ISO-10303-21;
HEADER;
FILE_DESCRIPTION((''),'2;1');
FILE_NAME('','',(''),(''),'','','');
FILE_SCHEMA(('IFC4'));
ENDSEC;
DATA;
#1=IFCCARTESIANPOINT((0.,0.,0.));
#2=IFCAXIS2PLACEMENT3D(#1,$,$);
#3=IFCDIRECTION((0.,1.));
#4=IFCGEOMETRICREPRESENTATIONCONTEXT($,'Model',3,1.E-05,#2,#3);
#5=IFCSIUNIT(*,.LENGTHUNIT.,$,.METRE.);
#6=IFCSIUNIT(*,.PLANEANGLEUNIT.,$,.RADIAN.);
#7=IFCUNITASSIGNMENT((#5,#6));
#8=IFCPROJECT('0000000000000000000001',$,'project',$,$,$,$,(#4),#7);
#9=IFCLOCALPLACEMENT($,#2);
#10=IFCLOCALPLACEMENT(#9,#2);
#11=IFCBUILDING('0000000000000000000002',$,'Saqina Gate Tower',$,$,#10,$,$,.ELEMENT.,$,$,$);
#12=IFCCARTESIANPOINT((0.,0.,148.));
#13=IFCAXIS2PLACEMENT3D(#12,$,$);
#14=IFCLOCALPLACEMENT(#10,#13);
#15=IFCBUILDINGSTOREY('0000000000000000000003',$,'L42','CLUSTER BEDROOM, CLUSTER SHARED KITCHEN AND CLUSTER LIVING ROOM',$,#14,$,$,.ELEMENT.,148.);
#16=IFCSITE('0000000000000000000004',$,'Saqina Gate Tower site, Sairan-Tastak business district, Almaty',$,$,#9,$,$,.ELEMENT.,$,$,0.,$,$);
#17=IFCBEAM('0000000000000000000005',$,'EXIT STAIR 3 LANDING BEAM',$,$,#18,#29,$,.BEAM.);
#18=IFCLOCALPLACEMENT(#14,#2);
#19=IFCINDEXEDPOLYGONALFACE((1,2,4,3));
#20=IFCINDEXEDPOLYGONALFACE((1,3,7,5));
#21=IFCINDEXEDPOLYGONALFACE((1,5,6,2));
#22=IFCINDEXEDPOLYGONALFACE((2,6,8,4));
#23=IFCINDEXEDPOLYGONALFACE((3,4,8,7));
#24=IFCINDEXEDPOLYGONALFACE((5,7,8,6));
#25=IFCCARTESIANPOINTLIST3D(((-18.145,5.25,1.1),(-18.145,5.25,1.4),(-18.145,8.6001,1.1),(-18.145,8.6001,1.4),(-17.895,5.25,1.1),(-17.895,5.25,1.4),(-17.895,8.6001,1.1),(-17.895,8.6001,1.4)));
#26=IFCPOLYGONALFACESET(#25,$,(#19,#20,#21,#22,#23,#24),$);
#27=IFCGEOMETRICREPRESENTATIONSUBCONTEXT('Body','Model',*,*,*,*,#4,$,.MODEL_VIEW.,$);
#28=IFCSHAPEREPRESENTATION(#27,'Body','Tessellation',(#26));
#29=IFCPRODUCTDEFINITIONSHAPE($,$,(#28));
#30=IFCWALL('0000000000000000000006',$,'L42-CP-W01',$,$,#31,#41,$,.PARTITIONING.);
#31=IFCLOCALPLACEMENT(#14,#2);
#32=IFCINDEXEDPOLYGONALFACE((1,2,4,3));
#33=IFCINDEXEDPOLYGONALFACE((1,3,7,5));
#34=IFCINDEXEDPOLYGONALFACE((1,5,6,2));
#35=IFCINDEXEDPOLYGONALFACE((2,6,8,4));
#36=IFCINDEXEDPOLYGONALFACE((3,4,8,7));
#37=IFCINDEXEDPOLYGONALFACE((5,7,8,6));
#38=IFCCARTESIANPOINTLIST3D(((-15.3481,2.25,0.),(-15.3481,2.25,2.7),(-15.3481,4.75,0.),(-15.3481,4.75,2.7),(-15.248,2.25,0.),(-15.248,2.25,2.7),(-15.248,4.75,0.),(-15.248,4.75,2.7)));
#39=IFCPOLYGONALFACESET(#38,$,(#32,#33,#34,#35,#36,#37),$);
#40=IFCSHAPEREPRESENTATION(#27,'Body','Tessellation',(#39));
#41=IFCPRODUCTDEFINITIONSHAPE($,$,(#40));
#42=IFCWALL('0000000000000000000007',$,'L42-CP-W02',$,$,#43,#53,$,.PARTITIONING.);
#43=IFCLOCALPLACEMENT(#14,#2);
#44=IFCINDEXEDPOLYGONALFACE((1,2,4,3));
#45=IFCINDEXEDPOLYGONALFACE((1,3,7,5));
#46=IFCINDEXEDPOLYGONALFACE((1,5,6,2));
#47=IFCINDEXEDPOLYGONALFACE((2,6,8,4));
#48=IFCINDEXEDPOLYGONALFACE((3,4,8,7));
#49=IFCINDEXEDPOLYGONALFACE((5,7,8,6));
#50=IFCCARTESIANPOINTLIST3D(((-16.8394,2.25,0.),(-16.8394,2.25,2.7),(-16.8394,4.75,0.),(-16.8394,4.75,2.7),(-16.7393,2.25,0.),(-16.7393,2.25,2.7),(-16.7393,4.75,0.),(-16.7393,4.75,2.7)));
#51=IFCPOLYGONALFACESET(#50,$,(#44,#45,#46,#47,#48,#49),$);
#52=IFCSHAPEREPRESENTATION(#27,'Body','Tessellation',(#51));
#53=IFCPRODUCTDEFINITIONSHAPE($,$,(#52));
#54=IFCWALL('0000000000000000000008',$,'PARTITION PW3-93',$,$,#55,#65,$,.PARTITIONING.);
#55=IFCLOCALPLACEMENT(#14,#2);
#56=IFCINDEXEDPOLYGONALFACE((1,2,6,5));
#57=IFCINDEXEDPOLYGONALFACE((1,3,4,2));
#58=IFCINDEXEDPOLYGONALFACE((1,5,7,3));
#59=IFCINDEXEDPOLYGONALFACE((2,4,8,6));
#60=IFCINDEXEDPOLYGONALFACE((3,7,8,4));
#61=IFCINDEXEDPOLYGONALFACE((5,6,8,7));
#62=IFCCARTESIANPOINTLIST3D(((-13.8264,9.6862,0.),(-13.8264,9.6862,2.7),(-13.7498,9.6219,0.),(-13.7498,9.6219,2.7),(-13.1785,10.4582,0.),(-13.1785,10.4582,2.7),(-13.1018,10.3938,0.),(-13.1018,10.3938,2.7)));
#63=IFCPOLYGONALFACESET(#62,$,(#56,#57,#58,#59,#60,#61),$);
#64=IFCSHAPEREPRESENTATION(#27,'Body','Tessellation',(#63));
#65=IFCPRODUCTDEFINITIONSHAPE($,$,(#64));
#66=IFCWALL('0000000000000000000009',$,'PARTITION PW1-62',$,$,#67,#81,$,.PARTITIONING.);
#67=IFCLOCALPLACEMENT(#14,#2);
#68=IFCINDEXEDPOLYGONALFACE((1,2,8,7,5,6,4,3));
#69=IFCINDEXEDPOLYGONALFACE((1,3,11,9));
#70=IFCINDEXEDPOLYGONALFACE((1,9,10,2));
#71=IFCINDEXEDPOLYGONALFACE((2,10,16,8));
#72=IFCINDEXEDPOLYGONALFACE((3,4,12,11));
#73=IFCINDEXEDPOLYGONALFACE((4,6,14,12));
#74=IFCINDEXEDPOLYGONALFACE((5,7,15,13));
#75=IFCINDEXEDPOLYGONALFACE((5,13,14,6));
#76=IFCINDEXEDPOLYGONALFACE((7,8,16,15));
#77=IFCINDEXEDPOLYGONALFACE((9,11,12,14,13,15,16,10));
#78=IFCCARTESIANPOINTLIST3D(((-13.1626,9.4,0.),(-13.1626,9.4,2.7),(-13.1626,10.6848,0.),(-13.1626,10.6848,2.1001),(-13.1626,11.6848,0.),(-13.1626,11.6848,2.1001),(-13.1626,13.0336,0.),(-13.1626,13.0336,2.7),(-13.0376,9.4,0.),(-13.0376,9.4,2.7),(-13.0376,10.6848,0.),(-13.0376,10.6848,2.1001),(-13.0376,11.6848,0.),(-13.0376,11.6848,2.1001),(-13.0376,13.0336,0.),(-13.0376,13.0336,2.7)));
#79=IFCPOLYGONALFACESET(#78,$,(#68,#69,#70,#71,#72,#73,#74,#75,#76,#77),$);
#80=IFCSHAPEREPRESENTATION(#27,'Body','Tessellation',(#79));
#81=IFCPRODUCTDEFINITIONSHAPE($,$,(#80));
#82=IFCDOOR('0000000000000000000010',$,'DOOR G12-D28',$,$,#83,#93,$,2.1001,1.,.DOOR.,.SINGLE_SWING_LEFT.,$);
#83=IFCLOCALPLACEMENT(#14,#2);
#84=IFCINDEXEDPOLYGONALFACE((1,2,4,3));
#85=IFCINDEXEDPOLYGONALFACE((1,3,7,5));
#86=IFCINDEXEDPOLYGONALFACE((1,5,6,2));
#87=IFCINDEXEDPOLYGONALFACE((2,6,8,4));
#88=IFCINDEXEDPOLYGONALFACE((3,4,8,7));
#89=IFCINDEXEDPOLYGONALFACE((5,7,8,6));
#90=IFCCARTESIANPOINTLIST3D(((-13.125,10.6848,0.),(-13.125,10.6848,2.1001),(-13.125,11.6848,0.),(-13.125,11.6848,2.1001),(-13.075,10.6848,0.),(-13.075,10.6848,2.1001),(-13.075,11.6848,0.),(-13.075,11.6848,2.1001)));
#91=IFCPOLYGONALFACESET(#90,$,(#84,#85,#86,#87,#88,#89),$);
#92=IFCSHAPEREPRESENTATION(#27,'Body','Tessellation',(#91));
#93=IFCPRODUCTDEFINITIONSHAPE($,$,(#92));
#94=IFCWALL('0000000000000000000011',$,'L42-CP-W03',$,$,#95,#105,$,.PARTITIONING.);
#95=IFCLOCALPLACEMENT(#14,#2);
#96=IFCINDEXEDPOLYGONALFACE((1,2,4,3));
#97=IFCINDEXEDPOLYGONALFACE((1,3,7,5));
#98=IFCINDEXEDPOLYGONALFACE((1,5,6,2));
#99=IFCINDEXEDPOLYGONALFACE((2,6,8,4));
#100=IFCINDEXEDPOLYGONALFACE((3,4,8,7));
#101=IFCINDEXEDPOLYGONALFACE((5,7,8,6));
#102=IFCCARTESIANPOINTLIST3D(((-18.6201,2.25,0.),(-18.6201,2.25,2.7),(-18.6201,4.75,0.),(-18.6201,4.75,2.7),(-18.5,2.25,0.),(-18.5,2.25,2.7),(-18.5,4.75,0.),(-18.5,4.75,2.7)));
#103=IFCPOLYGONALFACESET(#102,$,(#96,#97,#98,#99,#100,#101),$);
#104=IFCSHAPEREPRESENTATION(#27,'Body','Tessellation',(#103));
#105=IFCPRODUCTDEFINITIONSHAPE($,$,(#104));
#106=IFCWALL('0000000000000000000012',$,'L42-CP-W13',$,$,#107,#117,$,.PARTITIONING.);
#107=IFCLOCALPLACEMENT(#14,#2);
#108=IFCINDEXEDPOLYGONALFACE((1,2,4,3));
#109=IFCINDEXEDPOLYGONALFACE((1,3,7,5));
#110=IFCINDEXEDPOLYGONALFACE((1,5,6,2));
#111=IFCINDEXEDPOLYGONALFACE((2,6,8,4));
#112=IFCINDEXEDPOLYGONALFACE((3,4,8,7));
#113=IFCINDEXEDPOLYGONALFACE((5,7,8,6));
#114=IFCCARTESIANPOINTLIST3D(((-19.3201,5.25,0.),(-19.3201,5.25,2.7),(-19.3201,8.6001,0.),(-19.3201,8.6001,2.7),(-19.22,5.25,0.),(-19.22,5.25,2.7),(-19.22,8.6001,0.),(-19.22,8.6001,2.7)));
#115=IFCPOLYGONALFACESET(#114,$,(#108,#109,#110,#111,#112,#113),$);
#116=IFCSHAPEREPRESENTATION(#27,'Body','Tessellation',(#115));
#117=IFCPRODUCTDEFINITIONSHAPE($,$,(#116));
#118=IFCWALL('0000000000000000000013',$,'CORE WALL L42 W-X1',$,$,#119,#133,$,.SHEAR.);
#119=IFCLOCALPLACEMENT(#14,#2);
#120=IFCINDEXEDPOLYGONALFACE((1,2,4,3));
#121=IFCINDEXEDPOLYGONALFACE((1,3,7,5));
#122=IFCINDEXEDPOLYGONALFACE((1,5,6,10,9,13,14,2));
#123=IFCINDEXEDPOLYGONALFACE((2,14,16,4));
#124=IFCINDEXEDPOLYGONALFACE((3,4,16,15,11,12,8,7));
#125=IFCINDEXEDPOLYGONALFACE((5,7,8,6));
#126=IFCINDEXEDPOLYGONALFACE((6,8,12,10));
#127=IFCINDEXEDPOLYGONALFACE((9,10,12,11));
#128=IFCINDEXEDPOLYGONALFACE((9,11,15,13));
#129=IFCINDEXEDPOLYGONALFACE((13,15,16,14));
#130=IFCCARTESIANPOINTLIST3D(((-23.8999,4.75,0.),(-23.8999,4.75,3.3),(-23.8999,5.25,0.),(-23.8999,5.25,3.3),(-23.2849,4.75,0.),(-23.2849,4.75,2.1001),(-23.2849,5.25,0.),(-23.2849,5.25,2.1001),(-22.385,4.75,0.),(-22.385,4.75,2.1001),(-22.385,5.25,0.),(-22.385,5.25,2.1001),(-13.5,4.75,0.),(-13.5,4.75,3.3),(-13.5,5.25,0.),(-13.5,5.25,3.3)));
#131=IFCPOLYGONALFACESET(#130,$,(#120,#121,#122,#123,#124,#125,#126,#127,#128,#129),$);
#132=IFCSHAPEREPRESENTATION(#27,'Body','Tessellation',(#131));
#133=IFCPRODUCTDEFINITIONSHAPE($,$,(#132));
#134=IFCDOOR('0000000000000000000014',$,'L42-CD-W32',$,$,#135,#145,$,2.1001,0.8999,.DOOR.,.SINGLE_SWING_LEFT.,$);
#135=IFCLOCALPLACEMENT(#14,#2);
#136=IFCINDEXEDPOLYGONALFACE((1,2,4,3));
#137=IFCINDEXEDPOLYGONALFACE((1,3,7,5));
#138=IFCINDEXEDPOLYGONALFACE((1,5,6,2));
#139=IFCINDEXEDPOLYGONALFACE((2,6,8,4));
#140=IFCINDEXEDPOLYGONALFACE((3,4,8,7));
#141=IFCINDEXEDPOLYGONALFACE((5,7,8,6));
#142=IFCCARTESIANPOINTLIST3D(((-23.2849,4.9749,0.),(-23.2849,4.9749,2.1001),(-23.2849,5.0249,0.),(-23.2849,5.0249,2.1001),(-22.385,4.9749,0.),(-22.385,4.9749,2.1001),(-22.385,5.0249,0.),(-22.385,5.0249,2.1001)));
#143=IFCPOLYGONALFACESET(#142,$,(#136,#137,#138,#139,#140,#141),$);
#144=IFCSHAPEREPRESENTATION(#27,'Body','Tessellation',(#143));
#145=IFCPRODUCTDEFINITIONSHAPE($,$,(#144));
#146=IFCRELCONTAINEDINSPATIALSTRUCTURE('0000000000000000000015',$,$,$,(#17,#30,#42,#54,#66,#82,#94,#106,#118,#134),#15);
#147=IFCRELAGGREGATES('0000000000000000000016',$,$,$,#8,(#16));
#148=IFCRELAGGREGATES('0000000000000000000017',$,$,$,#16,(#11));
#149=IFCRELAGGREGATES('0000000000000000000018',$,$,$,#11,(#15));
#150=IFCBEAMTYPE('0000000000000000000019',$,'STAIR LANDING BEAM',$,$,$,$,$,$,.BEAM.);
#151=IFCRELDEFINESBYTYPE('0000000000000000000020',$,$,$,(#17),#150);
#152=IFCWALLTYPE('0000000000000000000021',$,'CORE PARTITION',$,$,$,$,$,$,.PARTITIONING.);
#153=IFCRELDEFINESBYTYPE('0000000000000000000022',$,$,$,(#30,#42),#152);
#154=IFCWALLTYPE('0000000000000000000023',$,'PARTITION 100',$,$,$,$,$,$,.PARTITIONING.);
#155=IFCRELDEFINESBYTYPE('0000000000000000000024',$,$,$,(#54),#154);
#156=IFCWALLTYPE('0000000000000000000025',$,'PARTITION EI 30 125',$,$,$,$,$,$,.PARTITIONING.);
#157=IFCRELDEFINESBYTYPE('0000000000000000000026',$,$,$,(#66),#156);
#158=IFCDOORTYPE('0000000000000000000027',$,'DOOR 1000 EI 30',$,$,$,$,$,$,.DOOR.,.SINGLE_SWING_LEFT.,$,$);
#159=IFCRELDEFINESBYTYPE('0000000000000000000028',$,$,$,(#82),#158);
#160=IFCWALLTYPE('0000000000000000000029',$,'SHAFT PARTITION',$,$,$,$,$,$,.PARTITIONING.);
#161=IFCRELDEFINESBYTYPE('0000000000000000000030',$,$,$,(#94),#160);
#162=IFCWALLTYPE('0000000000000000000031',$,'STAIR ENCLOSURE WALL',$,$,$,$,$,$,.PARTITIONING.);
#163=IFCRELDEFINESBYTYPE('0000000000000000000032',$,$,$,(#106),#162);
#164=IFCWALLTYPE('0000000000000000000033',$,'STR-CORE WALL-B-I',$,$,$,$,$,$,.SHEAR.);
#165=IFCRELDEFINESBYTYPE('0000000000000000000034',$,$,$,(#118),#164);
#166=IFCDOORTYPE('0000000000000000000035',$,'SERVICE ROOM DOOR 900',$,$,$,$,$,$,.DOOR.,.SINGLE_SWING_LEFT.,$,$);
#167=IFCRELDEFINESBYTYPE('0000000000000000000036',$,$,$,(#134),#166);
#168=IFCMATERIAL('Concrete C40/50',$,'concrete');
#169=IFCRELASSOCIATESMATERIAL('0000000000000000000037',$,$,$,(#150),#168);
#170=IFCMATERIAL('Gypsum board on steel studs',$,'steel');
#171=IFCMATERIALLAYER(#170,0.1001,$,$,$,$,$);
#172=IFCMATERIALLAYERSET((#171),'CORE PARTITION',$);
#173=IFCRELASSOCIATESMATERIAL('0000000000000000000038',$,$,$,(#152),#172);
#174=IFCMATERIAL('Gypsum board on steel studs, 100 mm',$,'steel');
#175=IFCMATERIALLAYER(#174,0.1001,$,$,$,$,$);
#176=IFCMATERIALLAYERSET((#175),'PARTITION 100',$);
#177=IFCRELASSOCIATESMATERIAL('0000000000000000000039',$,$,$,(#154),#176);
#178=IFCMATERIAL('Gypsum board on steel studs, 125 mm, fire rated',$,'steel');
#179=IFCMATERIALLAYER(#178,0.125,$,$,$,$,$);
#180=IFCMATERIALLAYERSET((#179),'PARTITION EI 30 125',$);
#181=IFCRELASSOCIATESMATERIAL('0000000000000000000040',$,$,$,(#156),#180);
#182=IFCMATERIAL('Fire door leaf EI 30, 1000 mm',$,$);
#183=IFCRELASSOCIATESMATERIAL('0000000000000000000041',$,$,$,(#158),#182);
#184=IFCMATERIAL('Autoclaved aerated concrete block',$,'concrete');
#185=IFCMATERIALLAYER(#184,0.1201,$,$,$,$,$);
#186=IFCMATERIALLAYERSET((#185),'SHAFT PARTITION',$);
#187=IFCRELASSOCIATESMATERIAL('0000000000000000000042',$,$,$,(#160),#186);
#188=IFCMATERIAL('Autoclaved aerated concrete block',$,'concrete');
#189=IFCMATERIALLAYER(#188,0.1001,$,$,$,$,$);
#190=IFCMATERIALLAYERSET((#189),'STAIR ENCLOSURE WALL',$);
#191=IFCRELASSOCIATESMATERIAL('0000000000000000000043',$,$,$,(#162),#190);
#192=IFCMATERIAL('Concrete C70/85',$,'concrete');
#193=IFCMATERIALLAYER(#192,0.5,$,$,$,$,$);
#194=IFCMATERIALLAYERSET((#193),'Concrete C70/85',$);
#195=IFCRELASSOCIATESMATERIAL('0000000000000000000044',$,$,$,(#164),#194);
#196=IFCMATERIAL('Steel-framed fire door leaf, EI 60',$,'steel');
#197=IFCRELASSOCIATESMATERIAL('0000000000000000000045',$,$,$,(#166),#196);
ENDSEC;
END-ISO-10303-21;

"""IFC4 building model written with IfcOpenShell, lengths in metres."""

from ifc_helpers import new_model, si_unit, direction, frame, frame_2d, origin, origin_2d, place, context, subcontext, project, spatial, rectangle, extrude, material, layer, layer_set, material_profile, profile_set, type_object, element, fill, save


model = new_model("IFC4")

# Units and contexts
model_context = context("Model", 3, precision=1e-05, world=origin(), true_north=direction((0.0, 1.0)))
body_context = subcontext(model_context, "Body", "Model", "MODEL_VIEW")
ifc_project = project(units=[si_unit("LENGTHUNIT", "METRE"), si_unit("PLANEANGLEUNIT", "RADIAN")], contexts=[model_context])

# Site, building, storey
site_placement = place(None, origin())
site = spatial("IfcSite", under=ifc_project, at=site_placement, Name="Saqina Gate Tower site, Sairan-Tastak business district, Almaty", CompositionType="ELEMENT", RefElevation=0.0)
building_placement = place(site_placement, origin())
building = spatial("IfcBuilding", under=site, at=building_placement, Name="Saqina Gate Tower", CompositionType="ELEMENT")
storey_placement = place(building_placement, frame((0.0, 0.0, 148.0)))
storey = spatial("IfcBuildingStorey", under=building, at=storey_placement, Name="L42", Description="CLUSTER BEDROOM, CLUSTER SHARED KITCHEN AND CLUSTER LIVING ROOM", CompositionType="ELEMENT", Elevation=148.0)

# Beam
ifc_material_1 = material(Name="Concrete C40/50", Category="concrete")
ifc_material_profile = material_profile(ifc_material_1, rectangle(XDim=0.25, YDim=0.3, at=origin_2d()), Name="STAIR LANDING BEAM")
ifc_profile_set = profile_set([ifc_material_profile], Name="Concrete C40/50")
beam_type = type_object("IfcBeamType", Name="STAIR LANDING BEAM", PredefinedType="BEAM", material=ifc_profile_set)
beam_placement = place(storey_placement, frame((-18.02, 5.25, 1.25), z_axis=(0.0, 1.0, 0.0), x_axis=(-1.0, 0.0, 0.0)))
element("IfcBeam", 1, at=beam_placement, inside=storey, type_object=beam_type, Name="EXIT STAIR 3 LANDING BEAM", PredefinedType="BEAM", context=body_context, shape_type="SweptSolid", body=[
    extrude(rectangle(XDim=0.25, YDim=0.3, at=origin_2d()), origin(), (0.0, 0.0, 1.0), 3.3501),
])

# Walls
ifc_material_2 = material(Name="Gypsum board on steel studs", Category="steel")
ifc_layer_1 = layer(ifc_material_2, 0.1001)
ifc_layer_set_1 = layer_set([ifc_layer_1], Name="CORE PARTITION")
wall_type_1 = type_object("IfcWallType", Name="CORE PARTITION", PredefinedType="PARTITIONING", material=ifc_layer_set_1)
for number, where, z_axis, x_axis, name in (
    (2, (-15.2981, 2.25, 0.0), (0.0, 0.0, 1.0), (0.0, 1.0, 0.0), "L42-CP-W01"),
    (3, (-16.7893, 2.25, 0.0), (0.0, 0.0, 1.0), (0.0, 1.0, 0.0), "L42-CP-W02"),
):
    element("IfcWall", number, at=place(storey_placement, frame(where, z_axis=z_axis, x_axis=x_axis)), inside=storey, type_object=wall_type_1, Name=name, PredefinedType="PARTITIONING", context=body_context, shape_type="SweptSolid", body=[
        extrude(rectangle(XDim=2.5, YDim=0.1001, at=frame_2d((1.25, 0.0))), origin(), (0.0, 0.0, 1.0), 2.7),
    ])
ifc_material_3 = material(Name="Gypsum board on steel studs, 100 mm", Category="steel")
ifc_layer_2 = layer(ifc_material_3, 0.1001)
ifc_layer_set_2 = layer_set([ifc_layer_2], Name="PARTITION 100")
wall_type_2 = type_object("IfcWallType", Name="PARTITION 100", PredefinedType="PARTITIONING", material=ifc_layer_set_2)
wall_1_placement = place(storey_placement, frame((-13.7881, 9.6541, 0.0), z_axis=(0.0, 0.0, 1.0), x_axis=(0.642897, 0.765953, 0.0)))
element("IfcWall", 4, at=wall_1_placement, inside=storey, type_object=wall_type_2, Name="PARTITION PW3-93", PredefinedType="PARTITIONING", context=body_context, shape_type="SweptSolid", body=[
    extrude(rectangle(XDim=1.0078, YDim=0.1001, at=frame_2d((0.5039, 0.0))), origin(), (0.0, 0.0, 1.0), 2.7),
])

# Wall, opening, door
ifc_material_4 = material(Name="Gypsum board on steel studs, 125 mm, fire rated", Category="steel")
ifc_layer_3 = layer(ifc_material_4, 0.125)
ifc_layer_set_3 = layer_set([ifc_layer_3], Name="PARTITION EI 30 125")
wall_type_3 = type_object("IfcWallType", Name="PARTITION EI 30 125", PredefinedType="PARTITIONING", material=ifc_layer_set_3)
wall_2_placement = place(storey_placement, frame((-13.1001, 9.3999, 0.0), z_axis=(0.0, 0.0, 1.0), x_axis=(0.0, 1.0, 0.0)))
wall_2 = element("IfcWall", 5, at=wall_2_placement, inside=storey, type_object=wall_type_3, Name="PARTITION PW1-62", PredefinedType="PARTITIONING", context=body_context, shape_type="SweptSolid", body=[
    extrude(rectangle(XDim=3.6335, YDim=0.125, at=frame_2d((1.8169, 0.0))), origin(), (0.0, 0.0, 1.0), 2.7),
])
opening_1_placement = place(wall_2_placement, frame((1.2849, 0.0, 0.0)))
opening_1 = element("IfcOpeningElement", 6, at=opening_1_placement, cuts=wall_2, PredefinedType="OPENING", context=body_context, shape_type="SweptSolid", body=[
    extrude(rectangle(XDim=1.0, YDim=2.1001, at=frame_2d((0.5, 1.05))), frame((0.0, 0.0745, 0.0), z_axis=(0.0, -1.0, 0.0), x_axis=(1.0, 0.0, 0.0)), (0.0, 0.0, 1.0), 0.1489),
])
ifc_material_5 = material(Name="Fire door leaf EI 30, 1000 mm")
door_type_1 = type_object("IfcDoorType", Name="DOOR 1000 EI 30", OperationType="SINGLE_SWING_LEFT", PredefinedType="DOOR", material=ifc_material_5)
door_1_placement = place(opening_1_placement, origin())
door_1 = element("IfcDoor", 7, at=door_1_placement, inside=storey, type_object=door_type_1, Name="DOOR G12-D28", OperationType="SINGLE_SWING_LEFT", OverallHeight=2.1001, OverallWidth=1.0, PredefinedType="DOOR", context=body_context, shape_type="SweptSolid", body=[
    extrude(rectangle(XDim=1.0, YDim=2.1001, at=frame_2d((0.5, 1.05))), frame((0.0, 0.0249, 0.0), z_axis=(0.0, -1.0, 0.0), x_axis=(1.0, 0.0, 0.0)), (0.0, 0.0, 1.0), 0.05),
])
fill(opening_1, door_1)

# Walls
ifc_material_6 = material(Name="Autoclaved aerated concrete block", Category="concrete")
ifc_layer_4 = layer(ifc_material_6, 0.1201)
ifc_layer_set_4 = layer_set([ifc_layer_4], Name="SHAFT PARTITION")
wall_type_4 = type_object("IfcWallType", Name="SHAFT PARTITION", PredefinedType="PARTITIONING", material=ifc_layer_set_4)
wall_3_placement = place(storey_placement, frame((-18.5601, 2.25, 0.0), z_axis=(0.0, 0.0, 1.0), x_axis=(0.0, 1.0, 0.0)))
element("IfcWall", 8, at=wall_3_placement, inside=storey, type_object=wall_type_4, Name="L42-CP-W03", PredefinedType="PARTITIONING", context=body_context, shape_type="SweptSolid", body=[
    extrude(rectangle(XDim=2.5, YDim=0.1201, at=frame_2d((1.25, 0.0))), origin(), (0.0, 0.0, 1.0), 2.7),
])
ifc_material_7 = material(Name="Autoclaved aerated concrete block", Category="concrete")
ifc_layer_5 = layer(ifc_material_7, 0.1001)
ifc_layer_set_5 = layer_set([ifc_layer_5], Name="STAIR ENCLOSURE WALL")
wall_type_5 = type_object("IfcWallType", Name="STAIR ENCLOSURE WALL", PredefinedType="PARTITIONING", material=ifc_layer_set_5)
wall_4_placement = place(storey_placement, frame((-19.27, 5.25, 0.0), z_axis=(0.0, 0.0, 1.0), x_axis=(0.0, 1.0, 0.0)))
element("IfcWall", 9, at=wall_4_placement, inside=storey, type_object=wall_type_5, Name="L42-CP-W13", PredefinedType="PARTITIONING", context=body_context, shape_type="SweptSolid", body=[
    extrude(rectangle(XDim=3.3501, YDim=0.1001, at=frame_2d((1.675, 0.0))), origin(), (0.0, 0.0, 1.0), 2.7),
])

# Wall, opening, door
ifc_material_8 = material(Name="Concrete C70/85", Category="concrete")
ifc_layer_6 = layer(ifc_material_8, 0.5)
ifc_layer_set_6 = layer_set([ifc_layer_6], Name="Concrete C70/85")
wall_type_6 = type_object("IfcWallType", Name="STR-CORE WALL-B-I", PredefinedType="SHEAR", material=ifc_layer_set_6)
wall_5_placement = place(storey_placement, frame((-13.5, 5.0, 0.0), z_axis=(0.0, 0.0, 1.0), x_axis=(-1.0, 0.0, 0.0)))
wall_5 = element("IfcWall", 10, at=wall_5_placement, inside=storey, type_object=wall_type_6, Name="CORE WALL L42 W-X1", PredefinedType="SHEAR", context=body_context, shape_type="SweptSolid", body=[
    extrude(rectangle(XDim=10.3999, YDim=0.5, at=frame_2d((5.2, 0.0))), origin(), (0.0, 0.0, 1.0), 3.3),
])
opening_2_placement = place(wall_5_placement, frame((8.885, 0.0, 0.0)))
opening_2 = element("IfcOpeningElement", 11, at=opening_2_placement, cuts=wall_5, PredefinedType="OPENING", context=body_context, shape_type="SweptSolid", body=[
    extrude(rectangle(XDim=0.8999, YDim=2.1001, at=frame_2d((0.45, 1.05))), frame((0.0, 0.262, 0.0), z_axis=(0.0, -1.0, 0.0), x_axis=(1.0, 0.0, 0.0)), (0.0, 0.0, 1.0), 0.5239),
])
ifc_material_9 = material(Name="Steel-framed fire door leaf, EI 60", Category="steel")
door_type_2 = type_object("IfcDoorType", Name="SERVICE ROOM DOOR 900", OperationType="SINGLE_SWING_LEFT", PredefinedType="DOOR", material=ifc_material_9)
door_2_placement = place(opening_2_placement, frame((0.8999, 0.0, 0.0), z_axis=(0.0, 0.0, 1.0), x_axis=(-1.0, 0.0, 0.0)))
door_2 = element("IfcDoor", 12, at=door_2_placement, inside=storey, type_object=door_type_2, Name="L42-CD-W32", OperationType="SINGLE_SWING_LEFT", OverallHeight=2.1001, OverallWidth=0.8999, PredefinedType="DOOR", context=body_context, shape_type="SweptSolid", body=[
    extrude(rectangle(XDim=0.8999, YDim=2.1001, at=frame_2d((0.45, 1.05))), frame((0.0, 0.0249, 0.0), z_axis=(0.0, -1.0, 0.0), x_axis=(1.0, 0.0, 0.0)), (0.0, 0.0, 1.0), 0.05),
])
fill(opening_2, door_2)

save(model, "model.ifc")
